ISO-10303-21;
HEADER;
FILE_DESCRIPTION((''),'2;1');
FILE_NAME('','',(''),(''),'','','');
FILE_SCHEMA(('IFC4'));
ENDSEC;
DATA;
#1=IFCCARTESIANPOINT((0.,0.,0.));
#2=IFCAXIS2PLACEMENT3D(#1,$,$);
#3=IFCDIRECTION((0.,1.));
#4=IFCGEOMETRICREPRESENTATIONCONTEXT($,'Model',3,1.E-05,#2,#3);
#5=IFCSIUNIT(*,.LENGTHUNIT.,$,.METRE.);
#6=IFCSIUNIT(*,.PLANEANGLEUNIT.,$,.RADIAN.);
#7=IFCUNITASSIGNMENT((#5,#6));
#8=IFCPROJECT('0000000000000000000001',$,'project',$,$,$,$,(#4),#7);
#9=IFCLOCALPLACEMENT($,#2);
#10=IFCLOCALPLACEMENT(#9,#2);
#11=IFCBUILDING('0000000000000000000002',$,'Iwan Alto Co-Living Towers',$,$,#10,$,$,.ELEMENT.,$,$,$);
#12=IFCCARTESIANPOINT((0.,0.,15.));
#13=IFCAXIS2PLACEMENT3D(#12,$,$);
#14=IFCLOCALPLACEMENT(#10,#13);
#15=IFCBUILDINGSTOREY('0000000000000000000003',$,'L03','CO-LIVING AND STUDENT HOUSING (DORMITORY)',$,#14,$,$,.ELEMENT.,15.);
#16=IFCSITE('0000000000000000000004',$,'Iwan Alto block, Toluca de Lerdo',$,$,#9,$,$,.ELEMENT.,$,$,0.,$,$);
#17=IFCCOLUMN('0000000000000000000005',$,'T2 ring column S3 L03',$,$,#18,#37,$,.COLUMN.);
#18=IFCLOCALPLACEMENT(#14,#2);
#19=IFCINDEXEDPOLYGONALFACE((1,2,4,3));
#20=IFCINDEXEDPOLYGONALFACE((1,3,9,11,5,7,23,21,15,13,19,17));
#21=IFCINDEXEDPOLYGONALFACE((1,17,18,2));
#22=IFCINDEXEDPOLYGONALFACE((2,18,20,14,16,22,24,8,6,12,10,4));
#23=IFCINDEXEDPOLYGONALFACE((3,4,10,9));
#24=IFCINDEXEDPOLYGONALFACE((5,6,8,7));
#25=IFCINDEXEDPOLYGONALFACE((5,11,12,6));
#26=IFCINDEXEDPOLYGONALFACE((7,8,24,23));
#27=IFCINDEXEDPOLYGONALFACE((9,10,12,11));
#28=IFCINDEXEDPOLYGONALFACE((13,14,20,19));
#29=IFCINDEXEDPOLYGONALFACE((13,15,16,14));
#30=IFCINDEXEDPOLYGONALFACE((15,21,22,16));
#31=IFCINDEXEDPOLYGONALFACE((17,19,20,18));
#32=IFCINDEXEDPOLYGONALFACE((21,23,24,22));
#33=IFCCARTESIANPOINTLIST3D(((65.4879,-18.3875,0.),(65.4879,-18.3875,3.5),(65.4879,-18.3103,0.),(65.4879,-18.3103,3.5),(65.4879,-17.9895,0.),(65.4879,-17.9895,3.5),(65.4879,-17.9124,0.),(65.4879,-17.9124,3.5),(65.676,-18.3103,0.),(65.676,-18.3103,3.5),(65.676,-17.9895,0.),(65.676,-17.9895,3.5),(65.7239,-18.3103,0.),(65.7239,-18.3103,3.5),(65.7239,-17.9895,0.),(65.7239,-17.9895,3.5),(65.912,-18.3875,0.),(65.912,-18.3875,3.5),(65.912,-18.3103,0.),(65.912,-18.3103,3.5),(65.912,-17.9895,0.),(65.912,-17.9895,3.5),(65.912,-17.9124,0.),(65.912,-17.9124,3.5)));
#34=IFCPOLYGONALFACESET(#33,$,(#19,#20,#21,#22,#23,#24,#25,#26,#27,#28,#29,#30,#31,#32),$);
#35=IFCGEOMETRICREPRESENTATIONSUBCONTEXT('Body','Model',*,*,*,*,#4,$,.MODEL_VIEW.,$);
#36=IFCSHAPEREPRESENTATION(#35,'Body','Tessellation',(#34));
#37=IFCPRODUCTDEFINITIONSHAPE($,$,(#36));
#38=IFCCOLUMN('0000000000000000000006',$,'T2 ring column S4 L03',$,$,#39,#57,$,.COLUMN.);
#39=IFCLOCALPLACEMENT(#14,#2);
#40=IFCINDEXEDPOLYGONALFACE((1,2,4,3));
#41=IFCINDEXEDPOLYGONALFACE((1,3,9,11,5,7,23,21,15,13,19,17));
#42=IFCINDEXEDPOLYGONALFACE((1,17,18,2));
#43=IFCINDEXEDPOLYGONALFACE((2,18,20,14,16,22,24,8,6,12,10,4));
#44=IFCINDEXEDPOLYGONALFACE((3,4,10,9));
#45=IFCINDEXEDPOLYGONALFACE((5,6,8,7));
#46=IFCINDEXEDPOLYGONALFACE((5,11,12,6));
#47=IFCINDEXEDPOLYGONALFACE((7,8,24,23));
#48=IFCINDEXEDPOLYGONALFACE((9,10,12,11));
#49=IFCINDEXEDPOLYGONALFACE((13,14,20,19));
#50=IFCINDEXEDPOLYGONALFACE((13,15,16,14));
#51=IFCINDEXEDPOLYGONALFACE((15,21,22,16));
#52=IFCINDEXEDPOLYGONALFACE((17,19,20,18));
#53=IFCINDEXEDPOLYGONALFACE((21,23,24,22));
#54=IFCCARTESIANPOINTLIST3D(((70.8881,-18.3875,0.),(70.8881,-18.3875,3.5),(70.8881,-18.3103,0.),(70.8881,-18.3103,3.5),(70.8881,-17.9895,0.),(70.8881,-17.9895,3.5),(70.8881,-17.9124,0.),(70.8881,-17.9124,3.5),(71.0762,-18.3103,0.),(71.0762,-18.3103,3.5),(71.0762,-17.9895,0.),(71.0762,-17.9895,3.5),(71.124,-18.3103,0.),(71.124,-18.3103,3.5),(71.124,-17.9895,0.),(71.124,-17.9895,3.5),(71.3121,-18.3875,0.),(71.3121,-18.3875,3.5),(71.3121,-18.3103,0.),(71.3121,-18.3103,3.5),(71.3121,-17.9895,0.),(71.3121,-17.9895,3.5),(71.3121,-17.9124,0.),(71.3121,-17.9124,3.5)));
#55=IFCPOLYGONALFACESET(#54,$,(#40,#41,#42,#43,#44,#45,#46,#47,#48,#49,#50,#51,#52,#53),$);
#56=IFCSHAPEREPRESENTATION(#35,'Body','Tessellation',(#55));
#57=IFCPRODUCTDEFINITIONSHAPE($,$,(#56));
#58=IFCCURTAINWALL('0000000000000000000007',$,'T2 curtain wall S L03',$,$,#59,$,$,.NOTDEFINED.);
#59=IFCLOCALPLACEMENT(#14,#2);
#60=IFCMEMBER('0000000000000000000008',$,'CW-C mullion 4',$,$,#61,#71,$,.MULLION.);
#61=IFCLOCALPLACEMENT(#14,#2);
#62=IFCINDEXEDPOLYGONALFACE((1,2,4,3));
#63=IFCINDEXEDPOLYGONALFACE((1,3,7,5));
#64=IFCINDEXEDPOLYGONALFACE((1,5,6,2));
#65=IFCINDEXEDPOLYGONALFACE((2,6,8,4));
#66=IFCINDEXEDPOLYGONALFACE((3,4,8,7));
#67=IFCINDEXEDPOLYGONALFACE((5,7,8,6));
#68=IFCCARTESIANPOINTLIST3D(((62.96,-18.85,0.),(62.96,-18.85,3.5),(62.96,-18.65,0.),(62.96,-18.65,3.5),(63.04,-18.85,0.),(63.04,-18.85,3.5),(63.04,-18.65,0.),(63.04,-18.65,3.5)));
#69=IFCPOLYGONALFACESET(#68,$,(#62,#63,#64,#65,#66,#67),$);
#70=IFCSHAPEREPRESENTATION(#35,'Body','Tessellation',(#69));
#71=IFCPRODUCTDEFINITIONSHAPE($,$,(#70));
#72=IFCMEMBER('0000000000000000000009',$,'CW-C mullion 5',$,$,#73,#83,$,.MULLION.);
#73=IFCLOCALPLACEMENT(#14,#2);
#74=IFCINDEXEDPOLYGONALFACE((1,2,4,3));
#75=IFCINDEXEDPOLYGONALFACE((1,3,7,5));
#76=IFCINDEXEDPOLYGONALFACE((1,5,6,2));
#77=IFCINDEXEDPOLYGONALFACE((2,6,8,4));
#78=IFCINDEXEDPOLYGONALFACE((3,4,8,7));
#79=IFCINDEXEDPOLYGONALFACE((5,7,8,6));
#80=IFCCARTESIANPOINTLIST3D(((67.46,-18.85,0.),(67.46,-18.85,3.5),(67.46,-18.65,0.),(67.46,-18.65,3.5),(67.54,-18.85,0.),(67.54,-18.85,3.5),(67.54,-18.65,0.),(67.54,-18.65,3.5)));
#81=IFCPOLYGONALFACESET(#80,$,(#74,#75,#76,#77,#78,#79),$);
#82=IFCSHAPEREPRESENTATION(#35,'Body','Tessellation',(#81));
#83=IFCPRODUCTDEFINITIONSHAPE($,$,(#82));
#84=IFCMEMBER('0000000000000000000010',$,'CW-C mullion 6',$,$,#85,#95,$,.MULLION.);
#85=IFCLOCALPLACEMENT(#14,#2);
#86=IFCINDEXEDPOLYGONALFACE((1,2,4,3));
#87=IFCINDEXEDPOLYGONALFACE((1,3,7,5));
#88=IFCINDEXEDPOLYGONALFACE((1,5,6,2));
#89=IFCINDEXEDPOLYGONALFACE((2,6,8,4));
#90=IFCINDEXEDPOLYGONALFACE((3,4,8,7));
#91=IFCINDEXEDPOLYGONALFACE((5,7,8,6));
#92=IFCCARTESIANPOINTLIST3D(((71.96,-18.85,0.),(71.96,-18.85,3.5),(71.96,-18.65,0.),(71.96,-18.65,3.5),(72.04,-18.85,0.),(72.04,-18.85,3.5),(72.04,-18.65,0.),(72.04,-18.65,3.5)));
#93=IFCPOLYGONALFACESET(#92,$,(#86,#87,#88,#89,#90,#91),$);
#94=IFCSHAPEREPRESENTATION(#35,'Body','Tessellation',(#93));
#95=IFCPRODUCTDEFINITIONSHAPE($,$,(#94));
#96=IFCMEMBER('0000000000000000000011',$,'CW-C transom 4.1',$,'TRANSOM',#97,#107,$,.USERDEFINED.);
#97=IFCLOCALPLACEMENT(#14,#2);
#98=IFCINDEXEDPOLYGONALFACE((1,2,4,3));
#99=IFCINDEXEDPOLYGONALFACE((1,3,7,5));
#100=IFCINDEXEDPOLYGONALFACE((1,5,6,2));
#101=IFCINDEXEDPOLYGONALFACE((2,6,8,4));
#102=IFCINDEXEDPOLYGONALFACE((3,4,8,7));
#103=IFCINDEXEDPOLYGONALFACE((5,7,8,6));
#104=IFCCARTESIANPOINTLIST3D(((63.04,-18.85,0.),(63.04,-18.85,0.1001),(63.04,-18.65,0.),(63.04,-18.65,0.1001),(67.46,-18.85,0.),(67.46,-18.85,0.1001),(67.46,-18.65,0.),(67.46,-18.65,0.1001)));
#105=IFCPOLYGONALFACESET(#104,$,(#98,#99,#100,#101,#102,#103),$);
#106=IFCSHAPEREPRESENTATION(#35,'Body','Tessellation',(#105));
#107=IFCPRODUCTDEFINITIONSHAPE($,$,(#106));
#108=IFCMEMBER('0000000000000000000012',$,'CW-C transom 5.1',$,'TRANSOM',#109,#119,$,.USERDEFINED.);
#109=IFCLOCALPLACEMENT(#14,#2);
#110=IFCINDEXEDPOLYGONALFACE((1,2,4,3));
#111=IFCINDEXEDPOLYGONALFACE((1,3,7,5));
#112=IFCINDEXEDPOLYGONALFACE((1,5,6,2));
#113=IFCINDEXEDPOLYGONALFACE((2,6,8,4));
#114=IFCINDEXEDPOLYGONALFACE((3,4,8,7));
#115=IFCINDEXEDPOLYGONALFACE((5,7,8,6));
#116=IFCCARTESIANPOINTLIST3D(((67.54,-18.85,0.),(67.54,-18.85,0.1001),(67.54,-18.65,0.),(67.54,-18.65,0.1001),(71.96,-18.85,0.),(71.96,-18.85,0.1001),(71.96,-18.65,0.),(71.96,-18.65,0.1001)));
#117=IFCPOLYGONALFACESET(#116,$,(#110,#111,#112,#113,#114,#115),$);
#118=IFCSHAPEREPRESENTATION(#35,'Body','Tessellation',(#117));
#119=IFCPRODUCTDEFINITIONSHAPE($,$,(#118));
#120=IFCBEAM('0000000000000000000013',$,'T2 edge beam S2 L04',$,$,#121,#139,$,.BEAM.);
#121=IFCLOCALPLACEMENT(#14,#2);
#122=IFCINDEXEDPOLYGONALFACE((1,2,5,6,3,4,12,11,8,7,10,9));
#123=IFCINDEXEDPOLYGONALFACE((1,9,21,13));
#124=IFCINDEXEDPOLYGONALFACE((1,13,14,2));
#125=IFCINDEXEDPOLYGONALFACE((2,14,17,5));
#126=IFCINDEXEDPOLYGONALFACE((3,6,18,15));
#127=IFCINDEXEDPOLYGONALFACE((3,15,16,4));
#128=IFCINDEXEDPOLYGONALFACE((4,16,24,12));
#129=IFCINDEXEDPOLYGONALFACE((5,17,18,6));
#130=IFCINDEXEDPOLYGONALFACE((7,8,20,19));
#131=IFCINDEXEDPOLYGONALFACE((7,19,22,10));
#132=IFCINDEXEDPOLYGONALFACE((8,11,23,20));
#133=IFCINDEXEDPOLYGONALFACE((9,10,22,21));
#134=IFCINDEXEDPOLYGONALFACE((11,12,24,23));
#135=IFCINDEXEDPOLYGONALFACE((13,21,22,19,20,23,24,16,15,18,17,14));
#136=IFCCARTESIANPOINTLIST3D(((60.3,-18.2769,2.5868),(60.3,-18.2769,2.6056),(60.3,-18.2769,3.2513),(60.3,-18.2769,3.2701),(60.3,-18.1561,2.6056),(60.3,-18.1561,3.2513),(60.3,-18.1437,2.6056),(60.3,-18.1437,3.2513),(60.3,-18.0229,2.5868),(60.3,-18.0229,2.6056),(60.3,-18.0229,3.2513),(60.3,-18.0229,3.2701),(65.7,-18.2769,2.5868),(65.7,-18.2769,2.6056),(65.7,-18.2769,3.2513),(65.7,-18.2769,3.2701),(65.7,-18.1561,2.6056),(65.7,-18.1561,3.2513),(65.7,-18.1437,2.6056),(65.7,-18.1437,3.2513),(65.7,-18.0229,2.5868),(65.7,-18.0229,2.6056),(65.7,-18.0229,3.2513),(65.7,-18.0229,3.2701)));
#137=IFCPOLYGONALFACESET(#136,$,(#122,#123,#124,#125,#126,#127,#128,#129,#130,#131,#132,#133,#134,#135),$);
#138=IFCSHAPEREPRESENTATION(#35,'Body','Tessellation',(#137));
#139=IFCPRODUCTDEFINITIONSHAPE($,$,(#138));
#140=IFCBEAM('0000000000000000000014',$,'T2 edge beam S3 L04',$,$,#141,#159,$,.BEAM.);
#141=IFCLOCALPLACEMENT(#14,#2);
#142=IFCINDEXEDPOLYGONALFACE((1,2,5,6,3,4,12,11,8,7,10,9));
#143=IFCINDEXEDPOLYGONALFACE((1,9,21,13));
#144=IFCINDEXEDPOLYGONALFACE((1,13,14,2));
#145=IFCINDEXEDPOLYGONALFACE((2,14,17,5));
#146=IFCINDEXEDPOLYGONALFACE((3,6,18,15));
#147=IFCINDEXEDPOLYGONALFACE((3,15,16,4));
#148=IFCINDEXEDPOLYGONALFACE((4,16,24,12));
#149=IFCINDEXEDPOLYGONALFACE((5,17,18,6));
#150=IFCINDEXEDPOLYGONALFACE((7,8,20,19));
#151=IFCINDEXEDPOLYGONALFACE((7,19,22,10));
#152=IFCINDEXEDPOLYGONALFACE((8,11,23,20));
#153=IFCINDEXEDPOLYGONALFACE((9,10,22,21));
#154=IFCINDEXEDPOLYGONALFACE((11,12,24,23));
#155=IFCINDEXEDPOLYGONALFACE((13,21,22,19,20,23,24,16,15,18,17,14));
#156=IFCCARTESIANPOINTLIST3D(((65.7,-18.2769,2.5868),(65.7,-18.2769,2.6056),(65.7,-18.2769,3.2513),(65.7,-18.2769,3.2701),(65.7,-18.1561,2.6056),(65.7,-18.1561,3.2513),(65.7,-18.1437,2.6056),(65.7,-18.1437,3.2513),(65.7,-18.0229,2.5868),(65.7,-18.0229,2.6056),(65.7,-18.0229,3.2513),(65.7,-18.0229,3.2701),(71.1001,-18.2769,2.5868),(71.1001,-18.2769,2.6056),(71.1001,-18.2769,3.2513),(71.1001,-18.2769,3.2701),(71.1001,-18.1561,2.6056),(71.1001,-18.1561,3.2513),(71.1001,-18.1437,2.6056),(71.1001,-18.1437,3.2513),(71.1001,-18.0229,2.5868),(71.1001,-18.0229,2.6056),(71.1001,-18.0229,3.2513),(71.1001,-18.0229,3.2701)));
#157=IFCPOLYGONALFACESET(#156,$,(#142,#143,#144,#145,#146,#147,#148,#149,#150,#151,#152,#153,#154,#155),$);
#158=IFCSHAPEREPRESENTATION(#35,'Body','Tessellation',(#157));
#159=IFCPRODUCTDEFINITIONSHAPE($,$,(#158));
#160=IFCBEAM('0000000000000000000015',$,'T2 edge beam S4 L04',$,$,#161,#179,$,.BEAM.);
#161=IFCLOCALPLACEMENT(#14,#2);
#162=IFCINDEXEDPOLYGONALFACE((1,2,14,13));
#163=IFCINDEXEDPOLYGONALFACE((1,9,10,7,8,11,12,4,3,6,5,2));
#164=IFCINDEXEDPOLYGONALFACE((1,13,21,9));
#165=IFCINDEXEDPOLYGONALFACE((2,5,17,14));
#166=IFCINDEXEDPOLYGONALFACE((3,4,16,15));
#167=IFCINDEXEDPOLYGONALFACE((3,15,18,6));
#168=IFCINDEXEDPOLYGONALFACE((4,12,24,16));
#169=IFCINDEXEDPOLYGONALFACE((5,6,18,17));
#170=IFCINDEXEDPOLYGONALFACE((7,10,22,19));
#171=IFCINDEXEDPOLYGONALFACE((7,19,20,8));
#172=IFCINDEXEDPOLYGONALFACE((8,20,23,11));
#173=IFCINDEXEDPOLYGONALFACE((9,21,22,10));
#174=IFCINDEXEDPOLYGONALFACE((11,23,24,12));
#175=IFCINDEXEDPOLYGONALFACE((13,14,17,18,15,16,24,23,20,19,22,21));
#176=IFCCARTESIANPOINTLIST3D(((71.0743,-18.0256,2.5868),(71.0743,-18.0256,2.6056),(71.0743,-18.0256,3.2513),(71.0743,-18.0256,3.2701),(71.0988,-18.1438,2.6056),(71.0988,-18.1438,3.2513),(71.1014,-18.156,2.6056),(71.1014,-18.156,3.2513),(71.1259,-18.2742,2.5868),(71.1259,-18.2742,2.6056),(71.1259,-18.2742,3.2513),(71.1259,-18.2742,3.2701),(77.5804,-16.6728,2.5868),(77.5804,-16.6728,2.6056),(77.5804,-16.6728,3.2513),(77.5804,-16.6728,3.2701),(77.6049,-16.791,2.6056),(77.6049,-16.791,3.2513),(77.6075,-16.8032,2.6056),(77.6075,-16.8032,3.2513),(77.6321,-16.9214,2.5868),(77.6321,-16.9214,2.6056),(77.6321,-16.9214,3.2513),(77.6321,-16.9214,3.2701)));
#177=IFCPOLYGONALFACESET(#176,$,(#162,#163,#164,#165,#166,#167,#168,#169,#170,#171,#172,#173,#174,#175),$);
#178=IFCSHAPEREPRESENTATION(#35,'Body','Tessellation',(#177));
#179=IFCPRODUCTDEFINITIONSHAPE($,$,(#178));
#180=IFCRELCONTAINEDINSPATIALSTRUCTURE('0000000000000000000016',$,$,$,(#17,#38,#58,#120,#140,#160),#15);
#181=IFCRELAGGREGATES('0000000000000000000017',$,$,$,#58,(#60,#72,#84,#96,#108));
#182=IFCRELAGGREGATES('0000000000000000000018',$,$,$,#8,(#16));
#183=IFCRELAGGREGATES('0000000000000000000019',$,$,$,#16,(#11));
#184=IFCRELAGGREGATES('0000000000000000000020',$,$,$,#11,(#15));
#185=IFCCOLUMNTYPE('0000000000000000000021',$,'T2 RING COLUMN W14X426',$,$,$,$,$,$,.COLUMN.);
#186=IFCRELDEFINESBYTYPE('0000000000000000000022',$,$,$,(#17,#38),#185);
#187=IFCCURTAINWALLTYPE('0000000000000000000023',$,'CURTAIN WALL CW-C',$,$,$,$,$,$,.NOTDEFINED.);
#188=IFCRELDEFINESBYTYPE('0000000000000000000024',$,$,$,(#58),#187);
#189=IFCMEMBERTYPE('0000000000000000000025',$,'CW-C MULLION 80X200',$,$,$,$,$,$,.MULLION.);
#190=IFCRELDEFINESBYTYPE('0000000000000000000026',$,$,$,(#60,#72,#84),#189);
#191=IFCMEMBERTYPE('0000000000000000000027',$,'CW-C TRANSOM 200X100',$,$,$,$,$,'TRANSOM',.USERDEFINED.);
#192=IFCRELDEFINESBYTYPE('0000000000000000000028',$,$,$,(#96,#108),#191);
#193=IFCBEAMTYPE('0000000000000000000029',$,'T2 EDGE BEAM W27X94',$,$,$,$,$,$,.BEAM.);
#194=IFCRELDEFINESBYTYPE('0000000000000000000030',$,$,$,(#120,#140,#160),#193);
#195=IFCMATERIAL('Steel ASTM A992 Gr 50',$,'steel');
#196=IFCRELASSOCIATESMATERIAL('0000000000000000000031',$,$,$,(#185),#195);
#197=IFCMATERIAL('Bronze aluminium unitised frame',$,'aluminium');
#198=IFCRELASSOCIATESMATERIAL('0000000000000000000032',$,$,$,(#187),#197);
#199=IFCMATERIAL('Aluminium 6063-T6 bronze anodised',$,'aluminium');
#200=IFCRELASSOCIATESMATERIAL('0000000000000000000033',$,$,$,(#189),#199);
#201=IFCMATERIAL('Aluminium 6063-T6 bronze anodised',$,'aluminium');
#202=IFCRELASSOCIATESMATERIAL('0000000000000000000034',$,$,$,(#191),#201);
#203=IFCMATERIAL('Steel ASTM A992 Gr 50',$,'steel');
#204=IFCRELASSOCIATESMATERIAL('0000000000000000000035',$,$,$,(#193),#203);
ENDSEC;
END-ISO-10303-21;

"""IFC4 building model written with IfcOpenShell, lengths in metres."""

from ifc_helpers import new_model, si_unit, direction, frame, origin, origin_2d, place, context, subcontext, project, spatial, rectangle, i_section, extrude, material, material_profile, profile_set, type_object, element, aggregate, save


model = new_model("IFC4")

# Units and contexts
model_context = context("Model", 3, precision=1e-05, world=origin(), true_north=direction((0.0, 1.0)))
body_context = subcontext(model_context, "Body", "Model", "MODEL_VIEW")
ifc_project = project(units=[si_unit("LENGTHUNIT", "METRE"), si_unit("PLANEANGLEUNIT", "RADIAN")], contexts=[model_context])

# Site, building, storey
site_placement = place(None, origin())
site = spatial("IfcSite", under=ifc_project, at=site_placement, Name="Iwan Alto block, Toluca de Lerdo", CompositionType="ELEMENT", RefElevation=0.0)
building_placement = place(site_placement, origin())
building = spatial("IfcBuilding", under=site, at=building_placement, Name="Iwan Alto Co-Living Towers", CompositionType="ELEMENT")
storey_placement = place(building_placement, frame((0.0, 0.0, 15.0)))
storey = spatial("IfcBuildingStorey", under=building, at=storey_placement, Name="L03", Description="CO-LIVING AND STUDENT HOUSING (DORMITORY)", CompositionType="ELEMENT", Elevation=15.0)

# Columns
ifc_material_1 = material(Name="Steel ASTM A992 Gr 50", Category="steel")
ifc_material_profile_1 = material_profile(ifc_material_1, i_section(OverallWidth=0.4241, OverallDepth=0.4751, WebThickness=0.0479, FlangeThickness=0.0771, at=origin_2d()), Name="W14X426")
ifc_profile_set_1 = profile_set([ifc_material_profile_1], Name="Steel ASTM A992 Gr 50")
column_type = type_object("IfcColumnType", Name="T2 RING COLUMN W14X426", PredefinedType="COLUMN", material=ifc_profile_set_1)
for number, where, z_axis, x_axis, name in (
    (1, (65.7, -18.1499, 0.0), (0.0, 0.0, 1.0), (1.0, 0.0, 0.0), "T2 ring column S3 L03"),
    (2, (71.1001, -18.1499, 0.0), (0.0, 0.0, 1.0), (1.0, 0.0, 0.0), "T2 ring column S4 L03"),
):
    element("IfcColumn", number, at=place(storey_placement, frame(where, z_axis=z_axis, x_axis=x_axis)), inside=storey, type_object=column_type, Name=name, PredefinedType="COLUMN", context=body_context, shape_type="SweptSolid", body=[
        extrude(i_section(OverallWidth=0.4241, OverallDepth=0.4751, WebThickness=0.0479, FlangeThickness=0.0771, at=origin_2d()), origin(), (0.0, 0.0, 1.0), 3.5),
    ])

# Curtain wall, members
ifc_material_2 = material(Name="Bronze aluminium unitised frame", Category="aluminium")
curtain_wall_type = type_object("IfcCurtainWallType", Name="CURTAIN WALL CW-C", PredefinedType="NOTDEFINED", material=ifc_material_2)
curtain_wall_placement = place(storey_placement, origin())
curtain_wall = element("IfcCurtainWall", 3, at=curtain_wall_placement, inside=storey, type_object=curtain_wall_type, Name="T2 curtain wall S L03", PredefinedType="NOTDEFINED")
ifc_material_3 = material(Name="Aluminium 6063-T6 bronze anodised", Category="aluminium")
ifc_material_profile_2 = material_profile(ifc_material_3, rectangle(XDim=0.2, YDim=0.0801, at=origin_2d()), Name="AL 80X200")
ifc_profile_set_2 = profile_set([ifc_material_profile_2], Name="Aluminium 6063-T6 bronze anodised")
member_type_1 = type_object("IfcMemberType", Name="CW-C MULLION 80X200", PredefinedType="MULLION", material=ifc_profile_set_2)
member_1_placement = place(storey_placement, frame((63.0, -18.75, 0.0), z_axis=(0.0, 0.0, 1.0), x_axis=(0.0, 1.0, 0.0)))
member_1 = element("IfcMember", 4, at=member_1_placement, type_object=member_type_1, Name="CW-C mullion 4", PredefinedType="MULLION", context=body_context, shape_type="SweptSolid", body=[
    extrude(rectangle(XDim=0.2, YDim=0.0801, at=origin_2d()), origin(), (0.0, 0.0, 1.0), 3.5),
])
member_2_placement = place(storey_placement, frame((67.5, -18.75, 0.0), z_axis=(0.0, 0.0, 1.0), x_axis=(0.0, 1.0, 0.0)))
member_2 = element("IfcMember", 5, at=member_2_placement, type_object=member_type_1, Name="CW-C mullion 5", PredefinedType="MULLION", context=body_context, shape_type="SweptSolid", body=[
    extrude(rectangle(XDim=0.2, YDim=0.0801, at=origin_2d()), origin(), (0.0, 0.0, 1.0), 3.5),
])
member_3_placement = place(storey_placement, frame((72.0, -18.75, 0.0), z_axis=(0.0, 0.0, 1.0), x_axis=(0.0, 1.0, 0.0)))
member_3 = element("IfcMember", 6, at=member_3_placement, type_object=member_type_1, Name="CW-C mullion 6", PredefinedType="MULLION", context=body_context, shape_type="SweptSolid", body=[
    extrude(rectangle(XDim=0.2, YDim=0.0801, at=origin_2d()), origin(), (0.0, 0.0, 1.0), 3.5),
])
ifc_material_4 = material(Name="Aluminium 6063-T6 bronze anodised", Category="aluminium")
ifc_material_profile_3 = material_profile(ifc_material_4, rectangle(XDim=0.2, YDim=0.1001, at=origin_2d()), Name="AL 200X100")
ifc_profile_set_3 = profile_set([ifc_material_profile_3], Name="Aluminium 6063-T6 bronze anodised")
member_type_2 = type_object("IfcMemberType", Name="CW-C TRANSOM 200X100", ElementType="TRANSOM", PredefinedType="USERDEFINED", material=ifc_profile_set_3)
member_4_placement = place(storey_placement, frame((63.04, -18.75, 0.05), z_axis=(1.0, 0.0, 0.0), x_axis=(0.0, 1.0, 0.0)))
member_4 = element("IfcMember", 7, at=member_4_placement, type_object=member_type_2, Name="CW-C transom 4.1", ObjectType="TRANSOM", PredefinedType="USERDEFINED", context=body_context, shape_type="SweptSolid", body=[
    extrude(rectangle(XDim=0.2, YDim=0.1001, at=origin_2d()), origin(), (0.0, 0.0, 1.0), 4.4199),
])
member_5_placement = place(storey_placement, frame((67.54, -18.75, 0.05), z_axis=(1.0, 0.0, 0.0), x_axis=(0.0, 1.0, 0.0)))
member_5 = element("IfcMember", 8, at=member_5_placement, type_object=member_type_2, Name="CW-C transom 5.1", ObjectType="TRANSOM", PredefinedType="USERDEFINED", context=body_context, shape_type="SweptSolid", body=[
    extrude(rectangle(XDim=0.2, YDim=0.1001, at=origin_2d()), origin(), (0.0, 0.0, 1.0), 4.4199),
])

# Beams
ifc_material_5 = material(Name="Steel ASTM A992 Gr 50", Category="steel")
ifc_material_profile_4 = material_profile(ifc_material_5, i_section(OverallWidth=0.2539, OverallDepth=0.6833, WebThickness=0.0125, FlangeThickness=0.0188, at=origin_2d()), Name="W27X94")
ifc_profile_set_4 = profile_set([ifc_material_profile_4], Name="Steel ASTM A992 Gr 50")
beam_type_1 = type_object("IfcBeamType", Name="T2 EDGE BEAM W27X94", PredefinedType="BEAM", material=ifc_profile_set_4)
beam_1_placement = place(storey_placement, frame((60.3, -18.1499, 2.9285), z_axis=(1.0, 0.0, 0.0), x_axis=(0.0, 1.0, 0.0)))
element("IfcBeam", 9, at=beam_1_placement, inside=storey, type_object=beam_type_1, Name="T2 edge beam S2 L04", PredefinedType="BEAM", context=body_context, shape_type="SweptSolid", body=[
    extrude(i_section(OverallWidth=0.2539, OverallDepth=0.6833, WebThickness=0.0125, FlangeThickness=0.0188, at=origin_2d()), origin(), (0.0, 0.0, 1.0), 5.3999),
])
beam_2_placement = place(storey_placement, frame((65.7, -18.1499, 2.9285), z_axis=(1.0, 0.0, 0.0), x_axis=(0.0, 1.0, 0.0)))
element("IfcBeam", 10, at=beam_2_placement, inside=storey, type_object=beam_type_1, Name="T2 edge beam S3 L04", PredefinedType="BEAM", context=body_context, shape_type="SweptSolid", body=[
    extrude(i_section(OverallWidth=0.2539, OverallDepth=0.6833, WebThickness=0.0125, FlangeThickness=0.0188, at=origin_2d()), origin(), (0.0, 0.0, 1.0), 5.4001),
])
beam_3_placement = place(storey_placement, frame((71.1001, -18.1499, 2.9285), z_axis=(0.97906, 0.203571, 0.0), x_axis=(-0.203571, 0.97906, 0.0)))
element("IfcBeam", 11, at=beam_3_placement, inside=storey, type_object=beam_type_1, Name="T2 edge beam S4 L04", PredefinedType="BEAM", context=body_context, shape_type="SweptSolid", body=[
    extrude(i_section(OverallWidth=0.2539, OverallDepth=0.6833, WebThickness=0.0125, FlangeThickness=0.0188, at=origin_2d()), origin(), (0.0, 0.0, 1.0), 6.6453),
])

aggregate(curtain_wall, [member_1, member_2, member_3, member_4, member_5])

save(model, "model.ifc")
